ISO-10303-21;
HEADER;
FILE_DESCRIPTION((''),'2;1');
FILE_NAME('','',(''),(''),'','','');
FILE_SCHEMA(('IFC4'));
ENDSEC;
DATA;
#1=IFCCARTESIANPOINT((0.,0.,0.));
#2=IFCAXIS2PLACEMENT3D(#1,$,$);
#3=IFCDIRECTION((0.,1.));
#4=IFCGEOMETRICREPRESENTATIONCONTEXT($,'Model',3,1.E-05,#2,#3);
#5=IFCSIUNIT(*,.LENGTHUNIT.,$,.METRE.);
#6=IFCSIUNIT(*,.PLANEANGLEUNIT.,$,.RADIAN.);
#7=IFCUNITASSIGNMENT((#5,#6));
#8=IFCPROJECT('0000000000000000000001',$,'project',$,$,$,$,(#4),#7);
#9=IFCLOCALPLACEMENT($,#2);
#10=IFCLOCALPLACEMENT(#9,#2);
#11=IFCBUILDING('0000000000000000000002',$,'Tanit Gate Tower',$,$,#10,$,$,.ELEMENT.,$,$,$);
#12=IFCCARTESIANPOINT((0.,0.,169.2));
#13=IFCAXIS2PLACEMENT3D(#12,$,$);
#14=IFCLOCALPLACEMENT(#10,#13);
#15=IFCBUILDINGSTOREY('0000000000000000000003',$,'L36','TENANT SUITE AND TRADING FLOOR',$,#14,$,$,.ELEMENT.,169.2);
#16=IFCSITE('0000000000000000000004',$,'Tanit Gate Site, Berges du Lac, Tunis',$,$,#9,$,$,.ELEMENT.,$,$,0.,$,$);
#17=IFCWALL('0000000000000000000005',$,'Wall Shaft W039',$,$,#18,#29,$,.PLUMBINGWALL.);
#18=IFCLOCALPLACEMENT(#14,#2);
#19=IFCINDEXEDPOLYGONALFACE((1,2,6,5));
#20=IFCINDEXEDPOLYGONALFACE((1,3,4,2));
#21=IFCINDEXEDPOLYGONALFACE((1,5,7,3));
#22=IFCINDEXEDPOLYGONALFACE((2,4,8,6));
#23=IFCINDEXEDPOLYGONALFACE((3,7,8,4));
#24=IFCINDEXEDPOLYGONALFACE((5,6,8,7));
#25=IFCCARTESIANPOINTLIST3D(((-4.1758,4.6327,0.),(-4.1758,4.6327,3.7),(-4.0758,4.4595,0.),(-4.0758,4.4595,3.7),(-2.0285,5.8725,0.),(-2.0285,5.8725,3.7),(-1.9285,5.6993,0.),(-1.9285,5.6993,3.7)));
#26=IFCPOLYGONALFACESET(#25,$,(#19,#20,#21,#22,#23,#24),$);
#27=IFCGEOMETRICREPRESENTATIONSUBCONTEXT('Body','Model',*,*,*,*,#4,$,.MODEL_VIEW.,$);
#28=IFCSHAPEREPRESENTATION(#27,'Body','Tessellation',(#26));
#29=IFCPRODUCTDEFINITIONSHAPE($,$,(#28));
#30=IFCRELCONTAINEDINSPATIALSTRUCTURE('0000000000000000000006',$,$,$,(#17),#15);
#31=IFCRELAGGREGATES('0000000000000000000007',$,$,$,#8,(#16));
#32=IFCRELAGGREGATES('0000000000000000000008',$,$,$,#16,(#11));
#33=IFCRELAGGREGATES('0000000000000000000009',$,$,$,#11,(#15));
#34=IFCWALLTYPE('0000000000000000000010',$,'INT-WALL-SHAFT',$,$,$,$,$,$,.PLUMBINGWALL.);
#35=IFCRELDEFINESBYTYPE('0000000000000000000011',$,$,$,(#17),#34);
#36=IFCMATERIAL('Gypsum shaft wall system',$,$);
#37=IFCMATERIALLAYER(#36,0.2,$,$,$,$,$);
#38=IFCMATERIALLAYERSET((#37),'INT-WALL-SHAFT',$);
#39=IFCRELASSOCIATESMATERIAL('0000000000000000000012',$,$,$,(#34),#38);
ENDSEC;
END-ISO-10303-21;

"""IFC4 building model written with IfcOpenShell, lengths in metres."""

from ifc_helpers import new_model, si_unit, direction, frame, frame_2d, origin, place, context, subcontext, project, spatial, rectangle, extrude, material, layer, layer_set, type_object, element, save


model = new_model("IFC4")

# Units and contexts
model_context = context("Model", 3, precision=1e-05, world=origin(), true_north=direction((0.0, 1.0)))
body_context = subcontext(model_context, "Body", "Model", "MODEL_VIEW")
ifc_project = project(units=[si_unit("LENGTHUNIT", "METRE"), si_unit("PLANEANGLEUNIT", "RADIAN")], contexts=[model_context])

# Site, building, storey
site_placement = place(None, origin())
site = spatial("IfcSite", under=ifc_project, at=site_placement, Name="Tanit Gate Site, Berges du Lac, Tunis", CompositionType="ELEMENT", RefElevation=0.0)
building_placement = place(site_placement, origin())
building = spatial("IfcBuilding", under=site, at=building_placement, Name="Tanit Gate Tower", CompositionType="ELEMENT")
storey_placement = place(building_placement, frame((0.0, 0.0, 169.2)))
storey = spatial("IfcBuildingStorey", under=building, at=storey_placement, Name="L36", Description="TENANT SUITE AND TRADING FLOOR", CompositionType="ELEMENT", Elevation=169.2)

# Shared definitions
ifc_material_1 = material(Name="Gypsum shaft wall system")
ifc_layer_1 = layer(ifc_material_1, 0.2)
ifc_layer_set_1 = layer_set([ifc_layer_1], Name="INT-WALL-SHAFT")
wall_type_1 = type_object("IfcWallType", Name="INT-WALL-SHAFT", PredefinedType="PLUMBINGWALL", material=ifc_layer_set_1)

# Wall
wall_1_placement = place(storey_placement, frame((-1.9785, 5.7859, 0.0), z_axis=(0.0, 0.0, 1.0), x_axis=(-0.866017, -0.500015, 0.0)))
element("IfcWall", 1, at=wall_1_placement, inside=storey, type_object=wall_type_1, Name="Wall Shaft W039", PredefinedType="PLUMBINGWALL", context=body_context, shape_type="SweptSolid", body=[
    extrude(rectangle(XDim=2.4795, YDim=0.2, at=frame_2d((1.2397, 0.0))), origin(), (0.0, 0.0, 1.0), 3.7),
])

save(model, "model.ifc")
